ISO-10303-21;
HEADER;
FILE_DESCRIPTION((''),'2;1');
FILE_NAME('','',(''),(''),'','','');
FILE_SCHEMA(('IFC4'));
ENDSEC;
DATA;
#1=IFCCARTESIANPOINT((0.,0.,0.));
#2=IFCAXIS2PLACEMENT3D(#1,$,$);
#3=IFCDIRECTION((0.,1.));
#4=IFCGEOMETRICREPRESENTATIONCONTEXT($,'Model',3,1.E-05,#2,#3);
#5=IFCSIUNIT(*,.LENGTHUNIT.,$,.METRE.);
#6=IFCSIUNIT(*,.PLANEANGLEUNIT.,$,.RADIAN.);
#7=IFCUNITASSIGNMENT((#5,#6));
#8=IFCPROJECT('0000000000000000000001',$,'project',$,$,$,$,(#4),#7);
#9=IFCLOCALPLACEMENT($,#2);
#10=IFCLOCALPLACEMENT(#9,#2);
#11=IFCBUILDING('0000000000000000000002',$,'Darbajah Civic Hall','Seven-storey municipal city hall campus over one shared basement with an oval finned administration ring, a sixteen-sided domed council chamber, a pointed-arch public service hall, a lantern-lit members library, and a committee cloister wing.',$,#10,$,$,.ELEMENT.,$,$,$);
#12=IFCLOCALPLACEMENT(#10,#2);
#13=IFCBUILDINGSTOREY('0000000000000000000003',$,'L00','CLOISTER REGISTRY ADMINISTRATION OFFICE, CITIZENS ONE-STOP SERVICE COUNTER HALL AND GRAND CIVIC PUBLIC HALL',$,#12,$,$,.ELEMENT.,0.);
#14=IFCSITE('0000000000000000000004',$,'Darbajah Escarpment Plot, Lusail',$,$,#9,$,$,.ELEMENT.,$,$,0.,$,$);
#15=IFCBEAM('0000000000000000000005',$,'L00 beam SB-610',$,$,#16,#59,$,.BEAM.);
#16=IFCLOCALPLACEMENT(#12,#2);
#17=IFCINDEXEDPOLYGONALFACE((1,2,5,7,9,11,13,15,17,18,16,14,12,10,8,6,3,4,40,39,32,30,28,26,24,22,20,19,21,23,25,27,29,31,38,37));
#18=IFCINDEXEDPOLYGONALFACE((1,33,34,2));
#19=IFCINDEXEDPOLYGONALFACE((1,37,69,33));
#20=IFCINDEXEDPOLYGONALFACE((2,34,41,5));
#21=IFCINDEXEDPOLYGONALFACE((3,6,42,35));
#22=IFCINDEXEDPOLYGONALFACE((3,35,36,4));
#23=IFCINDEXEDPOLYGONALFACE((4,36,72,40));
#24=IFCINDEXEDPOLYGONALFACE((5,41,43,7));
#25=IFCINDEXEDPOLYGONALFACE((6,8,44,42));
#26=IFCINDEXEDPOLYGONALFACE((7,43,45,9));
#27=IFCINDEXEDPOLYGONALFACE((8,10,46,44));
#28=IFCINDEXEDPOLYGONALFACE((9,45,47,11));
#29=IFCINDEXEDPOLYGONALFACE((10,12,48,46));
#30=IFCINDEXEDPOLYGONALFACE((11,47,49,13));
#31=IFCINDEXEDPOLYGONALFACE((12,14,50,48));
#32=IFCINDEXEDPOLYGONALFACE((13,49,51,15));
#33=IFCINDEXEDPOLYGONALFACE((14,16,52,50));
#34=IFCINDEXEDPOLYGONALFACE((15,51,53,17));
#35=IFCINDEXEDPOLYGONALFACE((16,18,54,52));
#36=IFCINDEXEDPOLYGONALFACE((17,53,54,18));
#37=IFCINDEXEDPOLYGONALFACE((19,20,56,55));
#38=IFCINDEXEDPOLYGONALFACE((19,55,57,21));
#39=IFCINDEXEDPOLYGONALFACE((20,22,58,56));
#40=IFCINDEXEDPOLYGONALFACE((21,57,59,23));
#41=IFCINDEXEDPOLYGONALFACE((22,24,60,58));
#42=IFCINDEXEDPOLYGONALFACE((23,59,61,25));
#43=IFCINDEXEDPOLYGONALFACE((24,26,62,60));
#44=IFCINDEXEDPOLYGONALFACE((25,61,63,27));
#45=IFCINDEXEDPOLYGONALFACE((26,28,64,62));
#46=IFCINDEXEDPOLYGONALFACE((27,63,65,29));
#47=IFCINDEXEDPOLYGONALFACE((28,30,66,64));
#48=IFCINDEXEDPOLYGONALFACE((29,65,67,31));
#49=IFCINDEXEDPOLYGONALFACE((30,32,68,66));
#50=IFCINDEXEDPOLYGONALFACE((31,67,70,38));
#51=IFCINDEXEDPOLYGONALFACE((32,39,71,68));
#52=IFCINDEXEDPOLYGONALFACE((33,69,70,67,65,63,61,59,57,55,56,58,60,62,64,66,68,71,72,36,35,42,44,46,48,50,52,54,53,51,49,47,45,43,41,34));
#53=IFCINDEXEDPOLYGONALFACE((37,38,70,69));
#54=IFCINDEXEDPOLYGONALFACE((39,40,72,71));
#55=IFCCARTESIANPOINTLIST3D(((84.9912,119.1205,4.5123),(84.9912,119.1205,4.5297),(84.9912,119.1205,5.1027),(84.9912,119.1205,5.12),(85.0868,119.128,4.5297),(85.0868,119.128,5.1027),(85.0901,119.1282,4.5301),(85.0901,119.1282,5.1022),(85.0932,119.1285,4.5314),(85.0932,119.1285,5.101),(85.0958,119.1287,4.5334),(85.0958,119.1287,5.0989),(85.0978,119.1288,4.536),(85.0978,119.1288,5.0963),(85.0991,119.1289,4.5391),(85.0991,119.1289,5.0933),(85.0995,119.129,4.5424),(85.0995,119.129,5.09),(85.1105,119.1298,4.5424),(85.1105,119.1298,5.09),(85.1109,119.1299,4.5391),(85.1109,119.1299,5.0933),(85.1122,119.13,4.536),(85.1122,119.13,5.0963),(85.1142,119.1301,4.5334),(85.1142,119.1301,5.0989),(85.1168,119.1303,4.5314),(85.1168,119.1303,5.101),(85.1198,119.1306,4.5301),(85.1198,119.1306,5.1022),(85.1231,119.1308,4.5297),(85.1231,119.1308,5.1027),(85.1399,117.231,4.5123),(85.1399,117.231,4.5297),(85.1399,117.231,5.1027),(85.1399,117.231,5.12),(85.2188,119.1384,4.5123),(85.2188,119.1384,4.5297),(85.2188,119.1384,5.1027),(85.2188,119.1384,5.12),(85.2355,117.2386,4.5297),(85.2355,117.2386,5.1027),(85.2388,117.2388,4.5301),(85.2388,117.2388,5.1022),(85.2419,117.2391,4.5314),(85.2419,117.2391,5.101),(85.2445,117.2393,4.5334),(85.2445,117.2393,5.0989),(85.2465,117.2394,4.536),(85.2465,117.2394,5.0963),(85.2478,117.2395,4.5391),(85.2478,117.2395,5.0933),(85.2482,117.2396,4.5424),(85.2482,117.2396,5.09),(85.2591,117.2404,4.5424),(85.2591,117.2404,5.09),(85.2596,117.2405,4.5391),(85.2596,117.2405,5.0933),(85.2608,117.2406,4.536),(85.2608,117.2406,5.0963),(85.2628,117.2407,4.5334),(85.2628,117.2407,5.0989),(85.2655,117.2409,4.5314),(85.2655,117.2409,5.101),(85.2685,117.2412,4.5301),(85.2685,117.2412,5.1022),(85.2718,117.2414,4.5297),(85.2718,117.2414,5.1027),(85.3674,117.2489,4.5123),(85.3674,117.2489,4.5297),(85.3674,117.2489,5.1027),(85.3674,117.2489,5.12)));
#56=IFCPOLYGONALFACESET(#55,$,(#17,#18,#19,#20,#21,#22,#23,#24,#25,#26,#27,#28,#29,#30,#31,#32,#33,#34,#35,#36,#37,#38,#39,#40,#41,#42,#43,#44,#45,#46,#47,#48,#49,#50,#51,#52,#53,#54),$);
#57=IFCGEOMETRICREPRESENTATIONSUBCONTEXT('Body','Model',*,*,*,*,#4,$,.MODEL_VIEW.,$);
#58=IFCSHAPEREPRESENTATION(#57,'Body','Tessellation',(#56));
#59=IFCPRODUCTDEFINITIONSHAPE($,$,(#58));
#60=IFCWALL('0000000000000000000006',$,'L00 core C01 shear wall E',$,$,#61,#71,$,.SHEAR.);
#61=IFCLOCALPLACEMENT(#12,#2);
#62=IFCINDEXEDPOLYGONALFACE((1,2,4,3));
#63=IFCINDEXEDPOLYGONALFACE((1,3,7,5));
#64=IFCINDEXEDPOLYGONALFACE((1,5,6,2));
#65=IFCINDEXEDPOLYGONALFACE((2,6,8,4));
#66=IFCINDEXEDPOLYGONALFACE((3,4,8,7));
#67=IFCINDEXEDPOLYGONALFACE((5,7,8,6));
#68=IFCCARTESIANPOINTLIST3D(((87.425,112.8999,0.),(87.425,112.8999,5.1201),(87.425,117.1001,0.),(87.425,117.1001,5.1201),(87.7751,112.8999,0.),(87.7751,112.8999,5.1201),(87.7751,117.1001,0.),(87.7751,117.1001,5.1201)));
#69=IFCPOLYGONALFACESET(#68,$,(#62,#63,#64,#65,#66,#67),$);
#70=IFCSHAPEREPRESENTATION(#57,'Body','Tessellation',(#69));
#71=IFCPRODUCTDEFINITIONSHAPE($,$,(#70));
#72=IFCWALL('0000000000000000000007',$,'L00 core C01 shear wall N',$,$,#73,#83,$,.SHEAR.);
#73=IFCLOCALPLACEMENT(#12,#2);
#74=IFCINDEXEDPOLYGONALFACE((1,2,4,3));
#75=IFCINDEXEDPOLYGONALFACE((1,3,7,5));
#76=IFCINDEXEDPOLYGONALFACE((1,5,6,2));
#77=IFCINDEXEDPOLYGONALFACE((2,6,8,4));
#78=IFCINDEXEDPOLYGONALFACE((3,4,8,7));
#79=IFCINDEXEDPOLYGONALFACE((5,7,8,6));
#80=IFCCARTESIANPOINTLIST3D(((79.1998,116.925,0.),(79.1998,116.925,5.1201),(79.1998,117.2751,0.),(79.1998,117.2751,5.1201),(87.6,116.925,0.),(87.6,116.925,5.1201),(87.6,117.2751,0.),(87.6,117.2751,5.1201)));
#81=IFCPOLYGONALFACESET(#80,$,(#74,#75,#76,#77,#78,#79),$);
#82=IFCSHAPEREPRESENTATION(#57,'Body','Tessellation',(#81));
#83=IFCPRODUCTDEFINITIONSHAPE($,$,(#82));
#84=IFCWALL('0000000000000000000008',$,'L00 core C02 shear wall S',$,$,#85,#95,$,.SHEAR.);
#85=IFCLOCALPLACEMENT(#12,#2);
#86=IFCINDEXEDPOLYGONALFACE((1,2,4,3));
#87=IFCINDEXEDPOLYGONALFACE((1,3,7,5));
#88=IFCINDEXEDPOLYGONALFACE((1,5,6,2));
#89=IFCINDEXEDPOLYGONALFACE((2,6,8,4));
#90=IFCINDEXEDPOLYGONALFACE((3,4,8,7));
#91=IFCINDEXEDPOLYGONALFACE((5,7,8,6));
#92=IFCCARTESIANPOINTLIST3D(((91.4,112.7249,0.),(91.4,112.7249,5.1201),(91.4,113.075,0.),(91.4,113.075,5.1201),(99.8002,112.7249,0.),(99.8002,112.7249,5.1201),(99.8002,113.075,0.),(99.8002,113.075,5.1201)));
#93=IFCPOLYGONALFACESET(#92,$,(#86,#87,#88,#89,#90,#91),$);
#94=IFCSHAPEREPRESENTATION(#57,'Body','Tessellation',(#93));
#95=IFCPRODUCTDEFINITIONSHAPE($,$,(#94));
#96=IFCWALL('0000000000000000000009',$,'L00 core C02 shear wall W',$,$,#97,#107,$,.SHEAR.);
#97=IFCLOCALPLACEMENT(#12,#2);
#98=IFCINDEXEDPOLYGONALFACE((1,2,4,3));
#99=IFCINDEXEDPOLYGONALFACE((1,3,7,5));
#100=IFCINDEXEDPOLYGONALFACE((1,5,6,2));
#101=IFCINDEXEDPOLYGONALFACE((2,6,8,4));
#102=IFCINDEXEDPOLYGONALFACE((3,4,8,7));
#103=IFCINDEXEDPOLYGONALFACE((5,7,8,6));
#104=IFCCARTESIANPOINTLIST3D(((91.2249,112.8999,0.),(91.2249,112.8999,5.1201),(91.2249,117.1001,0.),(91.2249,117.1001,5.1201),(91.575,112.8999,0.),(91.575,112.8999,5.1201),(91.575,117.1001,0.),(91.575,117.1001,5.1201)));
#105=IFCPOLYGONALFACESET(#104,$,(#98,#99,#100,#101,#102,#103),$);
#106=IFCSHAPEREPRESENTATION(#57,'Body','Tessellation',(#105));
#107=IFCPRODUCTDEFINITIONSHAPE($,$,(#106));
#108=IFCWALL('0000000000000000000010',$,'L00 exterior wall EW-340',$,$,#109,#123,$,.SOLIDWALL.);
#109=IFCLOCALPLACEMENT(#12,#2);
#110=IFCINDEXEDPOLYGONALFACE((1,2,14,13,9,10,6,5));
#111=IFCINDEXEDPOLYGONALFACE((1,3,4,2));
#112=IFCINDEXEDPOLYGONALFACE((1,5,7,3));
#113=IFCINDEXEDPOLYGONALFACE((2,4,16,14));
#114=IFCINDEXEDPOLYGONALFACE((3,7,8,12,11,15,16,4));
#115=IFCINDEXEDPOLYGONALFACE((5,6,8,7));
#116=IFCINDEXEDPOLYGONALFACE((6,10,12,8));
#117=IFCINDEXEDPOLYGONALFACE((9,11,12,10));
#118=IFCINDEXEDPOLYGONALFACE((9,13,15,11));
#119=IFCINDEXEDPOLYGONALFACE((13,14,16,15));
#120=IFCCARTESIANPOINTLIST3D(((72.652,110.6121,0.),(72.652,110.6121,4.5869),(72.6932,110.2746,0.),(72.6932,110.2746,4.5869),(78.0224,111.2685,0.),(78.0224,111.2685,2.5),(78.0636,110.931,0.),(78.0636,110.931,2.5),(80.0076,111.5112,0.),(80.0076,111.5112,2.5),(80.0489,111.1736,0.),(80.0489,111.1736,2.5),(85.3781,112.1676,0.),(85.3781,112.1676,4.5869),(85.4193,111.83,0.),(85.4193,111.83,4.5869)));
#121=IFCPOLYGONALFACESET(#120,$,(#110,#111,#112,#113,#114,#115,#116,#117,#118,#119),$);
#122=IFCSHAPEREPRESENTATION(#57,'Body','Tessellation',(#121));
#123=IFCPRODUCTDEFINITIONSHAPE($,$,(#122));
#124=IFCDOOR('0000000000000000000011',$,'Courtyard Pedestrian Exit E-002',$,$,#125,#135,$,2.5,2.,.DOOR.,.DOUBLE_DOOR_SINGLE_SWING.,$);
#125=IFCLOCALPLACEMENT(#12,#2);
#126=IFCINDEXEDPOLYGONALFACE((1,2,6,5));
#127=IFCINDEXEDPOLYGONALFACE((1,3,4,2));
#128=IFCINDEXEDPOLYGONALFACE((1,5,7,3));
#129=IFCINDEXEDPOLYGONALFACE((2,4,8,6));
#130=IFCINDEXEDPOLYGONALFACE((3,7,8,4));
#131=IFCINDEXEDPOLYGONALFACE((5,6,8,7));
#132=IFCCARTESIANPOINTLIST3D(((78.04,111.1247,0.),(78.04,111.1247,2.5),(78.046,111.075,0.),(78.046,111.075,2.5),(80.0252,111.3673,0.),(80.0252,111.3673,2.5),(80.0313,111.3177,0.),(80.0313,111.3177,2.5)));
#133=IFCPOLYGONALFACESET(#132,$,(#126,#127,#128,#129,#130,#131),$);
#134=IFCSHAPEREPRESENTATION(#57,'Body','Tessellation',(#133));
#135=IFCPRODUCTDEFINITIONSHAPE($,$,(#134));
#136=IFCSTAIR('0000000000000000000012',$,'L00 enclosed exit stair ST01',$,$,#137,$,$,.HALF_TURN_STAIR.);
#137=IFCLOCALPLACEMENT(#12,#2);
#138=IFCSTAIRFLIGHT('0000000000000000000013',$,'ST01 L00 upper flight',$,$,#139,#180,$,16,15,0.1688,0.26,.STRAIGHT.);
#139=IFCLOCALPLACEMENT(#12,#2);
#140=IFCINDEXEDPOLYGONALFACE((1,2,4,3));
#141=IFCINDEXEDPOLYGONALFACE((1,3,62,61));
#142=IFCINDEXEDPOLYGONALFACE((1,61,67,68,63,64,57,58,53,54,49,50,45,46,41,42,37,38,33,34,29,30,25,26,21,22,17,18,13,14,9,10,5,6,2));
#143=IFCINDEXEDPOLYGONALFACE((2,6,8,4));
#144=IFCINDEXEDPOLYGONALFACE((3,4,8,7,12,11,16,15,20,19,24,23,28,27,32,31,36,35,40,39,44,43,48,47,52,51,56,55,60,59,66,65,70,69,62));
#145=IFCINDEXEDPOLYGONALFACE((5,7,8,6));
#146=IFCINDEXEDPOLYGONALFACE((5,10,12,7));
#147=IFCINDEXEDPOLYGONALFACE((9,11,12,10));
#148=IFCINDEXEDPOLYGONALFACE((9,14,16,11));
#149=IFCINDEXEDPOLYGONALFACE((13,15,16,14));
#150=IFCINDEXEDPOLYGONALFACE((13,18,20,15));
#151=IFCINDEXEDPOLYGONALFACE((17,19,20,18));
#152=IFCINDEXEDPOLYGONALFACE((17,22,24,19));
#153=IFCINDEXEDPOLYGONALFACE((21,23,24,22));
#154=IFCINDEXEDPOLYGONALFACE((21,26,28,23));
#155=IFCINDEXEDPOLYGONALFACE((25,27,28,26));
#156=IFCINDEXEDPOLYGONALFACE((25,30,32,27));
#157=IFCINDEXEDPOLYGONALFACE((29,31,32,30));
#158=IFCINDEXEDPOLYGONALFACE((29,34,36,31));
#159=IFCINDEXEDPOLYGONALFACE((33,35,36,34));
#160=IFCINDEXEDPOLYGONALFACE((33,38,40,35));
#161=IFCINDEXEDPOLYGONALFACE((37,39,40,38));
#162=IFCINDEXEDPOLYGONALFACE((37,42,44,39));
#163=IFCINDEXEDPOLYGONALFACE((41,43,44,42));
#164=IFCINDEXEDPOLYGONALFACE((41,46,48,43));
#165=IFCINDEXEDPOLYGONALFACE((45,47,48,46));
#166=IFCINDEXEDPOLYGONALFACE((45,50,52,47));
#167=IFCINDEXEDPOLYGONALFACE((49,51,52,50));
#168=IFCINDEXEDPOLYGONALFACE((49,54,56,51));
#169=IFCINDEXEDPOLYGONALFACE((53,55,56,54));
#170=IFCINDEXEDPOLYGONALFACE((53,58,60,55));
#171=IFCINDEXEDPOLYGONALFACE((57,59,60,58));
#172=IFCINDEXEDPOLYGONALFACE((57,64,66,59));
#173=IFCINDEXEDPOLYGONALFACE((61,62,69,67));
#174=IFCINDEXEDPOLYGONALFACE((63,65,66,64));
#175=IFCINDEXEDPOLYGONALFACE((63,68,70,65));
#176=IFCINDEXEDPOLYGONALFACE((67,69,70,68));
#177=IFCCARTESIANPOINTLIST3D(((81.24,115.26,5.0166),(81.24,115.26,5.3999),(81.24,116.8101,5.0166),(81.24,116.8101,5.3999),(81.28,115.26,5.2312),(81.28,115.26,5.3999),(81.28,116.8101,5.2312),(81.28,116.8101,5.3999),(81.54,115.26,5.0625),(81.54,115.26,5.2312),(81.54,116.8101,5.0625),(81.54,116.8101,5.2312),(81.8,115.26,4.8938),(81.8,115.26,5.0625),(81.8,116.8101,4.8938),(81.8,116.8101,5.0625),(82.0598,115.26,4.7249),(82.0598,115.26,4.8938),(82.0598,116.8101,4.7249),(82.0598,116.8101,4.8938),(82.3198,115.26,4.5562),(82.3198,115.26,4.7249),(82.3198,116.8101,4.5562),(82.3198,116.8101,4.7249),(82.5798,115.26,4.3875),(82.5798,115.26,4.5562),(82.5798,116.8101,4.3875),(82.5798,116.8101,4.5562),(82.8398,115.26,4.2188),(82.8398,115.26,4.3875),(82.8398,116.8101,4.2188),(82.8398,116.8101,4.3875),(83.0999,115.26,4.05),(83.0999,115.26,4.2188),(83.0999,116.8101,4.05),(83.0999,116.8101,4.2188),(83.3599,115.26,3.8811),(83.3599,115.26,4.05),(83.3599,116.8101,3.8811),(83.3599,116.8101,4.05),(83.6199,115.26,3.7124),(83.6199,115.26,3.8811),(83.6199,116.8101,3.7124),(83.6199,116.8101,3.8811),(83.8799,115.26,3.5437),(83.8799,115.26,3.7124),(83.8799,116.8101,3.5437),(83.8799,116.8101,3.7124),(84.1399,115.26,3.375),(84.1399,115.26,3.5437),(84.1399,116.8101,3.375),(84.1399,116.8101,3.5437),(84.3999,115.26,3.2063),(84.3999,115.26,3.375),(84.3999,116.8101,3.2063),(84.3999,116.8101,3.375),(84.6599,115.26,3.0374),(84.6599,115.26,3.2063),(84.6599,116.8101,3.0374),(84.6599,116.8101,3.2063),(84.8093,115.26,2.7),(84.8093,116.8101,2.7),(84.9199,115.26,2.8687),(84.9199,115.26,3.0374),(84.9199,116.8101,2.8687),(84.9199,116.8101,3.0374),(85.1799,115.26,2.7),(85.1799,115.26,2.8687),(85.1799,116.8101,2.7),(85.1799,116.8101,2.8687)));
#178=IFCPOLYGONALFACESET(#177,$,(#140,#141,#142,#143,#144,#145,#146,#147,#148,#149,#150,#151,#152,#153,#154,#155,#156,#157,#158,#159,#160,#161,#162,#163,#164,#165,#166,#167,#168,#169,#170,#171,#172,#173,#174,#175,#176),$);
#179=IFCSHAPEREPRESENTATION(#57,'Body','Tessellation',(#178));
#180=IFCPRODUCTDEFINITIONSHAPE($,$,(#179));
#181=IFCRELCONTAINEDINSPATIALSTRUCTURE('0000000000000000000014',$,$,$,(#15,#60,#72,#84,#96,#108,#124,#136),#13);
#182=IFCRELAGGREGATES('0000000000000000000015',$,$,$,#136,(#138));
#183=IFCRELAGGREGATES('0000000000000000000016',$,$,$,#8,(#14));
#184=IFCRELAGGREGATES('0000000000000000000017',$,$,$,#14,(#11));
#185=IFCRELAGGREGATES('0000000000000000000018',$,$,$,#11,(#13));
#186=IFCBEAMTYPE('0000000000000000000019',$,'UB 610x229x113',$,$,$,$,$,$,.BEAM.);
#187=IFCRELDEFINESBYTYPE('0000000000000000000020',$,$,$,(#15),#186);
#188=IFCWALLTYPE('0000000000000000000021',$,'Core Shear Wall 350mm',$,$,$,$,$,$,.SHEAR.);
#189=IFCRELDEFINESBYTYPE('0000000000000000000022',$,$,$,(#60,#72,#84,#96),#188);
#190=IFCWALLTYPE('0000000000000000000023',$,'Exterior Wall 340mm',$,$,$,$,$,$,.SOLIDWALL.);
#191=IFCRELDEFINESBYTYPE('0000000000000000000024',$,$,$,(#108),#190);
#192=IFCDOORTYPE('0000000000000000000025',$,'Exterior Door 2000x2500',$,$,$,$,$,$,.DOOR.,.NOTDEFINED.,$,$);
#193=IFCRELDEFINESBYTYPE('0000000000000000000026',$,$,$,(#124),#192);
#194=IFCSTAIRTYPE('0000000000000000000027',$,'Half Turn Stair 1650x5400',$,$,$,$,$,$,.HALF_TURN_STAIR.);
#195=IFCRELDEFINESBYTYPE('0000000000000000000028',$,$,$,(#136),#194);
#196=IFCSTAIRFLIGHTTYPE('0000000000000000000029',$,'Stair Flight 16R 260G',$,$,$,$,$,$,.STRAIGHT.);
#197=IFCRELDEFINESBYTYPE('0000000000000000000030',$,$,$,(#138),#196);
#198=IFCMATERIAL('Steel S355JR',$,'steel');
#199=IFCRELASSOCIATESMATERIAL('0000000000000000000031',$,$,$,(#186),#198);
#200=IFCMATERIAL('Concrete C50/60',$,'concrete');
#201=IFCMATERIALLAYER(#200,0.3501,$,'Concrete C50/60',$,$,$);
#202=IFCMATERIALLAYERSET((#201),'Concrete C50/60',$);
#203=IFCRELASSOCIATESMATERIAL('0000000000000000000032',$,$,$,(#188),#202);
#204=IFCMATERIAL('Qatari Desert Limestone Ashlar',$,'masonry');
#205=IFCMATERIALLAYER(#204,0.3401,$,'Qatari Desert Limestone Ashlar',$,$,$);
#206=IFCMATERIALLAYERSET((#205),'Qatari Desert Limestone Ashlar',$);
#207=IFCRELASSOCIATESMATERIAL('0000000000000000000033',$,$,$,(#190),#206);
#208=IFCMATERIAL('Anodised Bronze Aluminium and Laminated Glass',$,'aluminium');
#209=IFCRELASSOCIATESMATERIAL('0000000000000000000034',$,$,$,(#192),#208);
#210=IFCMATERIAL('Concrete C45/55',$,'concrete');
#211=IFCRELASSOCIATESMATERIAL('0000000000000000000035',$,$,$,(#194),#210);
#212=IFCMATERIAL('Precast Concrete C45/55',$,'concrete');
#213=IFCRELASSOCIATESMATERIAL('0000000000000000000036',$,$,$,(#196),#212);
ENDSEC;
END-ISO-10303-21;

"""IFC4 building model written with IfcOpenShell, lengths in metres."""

from ifc_helpers import new_model, si_unit, direction, frame, frame_2d, origin, origin_2d, place, context, subcontext, project, spatial, polyline, rectangle, i_section, outline, extrude, material, layer, layer_set, material_profile, profile_set, type_object, element, fill, aggregate, save


model = new_model("IFC4")

# Units and contexts
model_context = context("Model", 3, precision=1e-05, world=origin(), true_north=direction((0.0, 1.0)))
body_context = subcontext(model_context, "Body", "Model", "MODEL_VIEW")
ifc_project = project(units=[si_unit("LENGTHUNIT", "METRE"), si_unit("PLANEANGLEUNIT", "RADIAN")], contexts=[model_context])

# Site, building, storey
site_placement = place(None, origin())
site = spatial("IfcSite", under=ifc_project, at=site_placement, Name="Darbajah Escarpment Plot, Lusail", CompositionType="ELEMENT", RefElevation=0.0)
building_placement = place(site_placement, origin())
building = spatial("IfcBuilding", under=site, at=building_placement, Name="Darbajah Civic Hall", Description="Seven-storey municipal city hall campus over one shared basement with an oval finned administration ring, a sixteen-sided domed council chamber, a pointed-arch public service hall, a lantern-lit members library, and a committee cloister wing.", CompositionType="ELEMENT")
storey_placement = place(building_placement, origin())
storey = spatial("IfcBuildingStorey", under=building, at=storey_placement, Name="L00", Description="CLOISTER REGISTRY ADMINISTRATION OFFICE, CITIZENS ONE-STOP SERVICE COUNTER HALL AND GRAND CIVIC PUBLIC HALL", CompositionType="ELEMENT", Elevation=0.0)

# Shared definitions
ifc_material_1 = material(Name="Concrete C45/55", Category="concrete")
ifc_material_2 = material(Name="Concrete C50/60", Category="concrete")

# Beam
ifc_material_3 = material(Name="Steel S355JR", Category="steel")
ifc_material_profile_1 = material_profile(ifc_material_3, i_section(OverallWidth=0.2283, OverallDepth=0.6077, WebThickness=0.011, FlangeThickness=0.0173, FilletRadius=0.0127, at=origin_2d()), Name="UB 610x229x113")
ifc_profile_set_1 = profile_set([ifc_material_profile_1], Name="Steel S355JR")
beam_type_1 = type_object("IfcBeamType", Name="UB 610x229x113", PredefinedType="BEAM", material=ifc_profile_set_1)
beam_1_placement = place(storey_placement, frame((85.2537, 117.24, 4.8162), z_axis=(-0.07845, 0.996918, 0.0), x_axis=(-0.996918, -0.07845, 0.0)))
element("IfcBeam", 1, at=beam_1_placement, inside=storey, type_object=beam_type_1, Name="L00 beam SB-610", PredefinedType="BEAM", context=body_context, shape_type="SweptSolid", body=[
    extrude(i_section(OverallWidth=0.2283, OverallDepth=0.6077, WebThickness=0.011, FlangeThickness=0.0173, FilletRadius=0.0127, at=origin_2d()), origin(), (0.0, 0.0, 1.0), 1.8953),
])

# Walls
ifc_layer_1 = layer(ifc_material_2, 0.3501, Name="Concrete C50/60")
ifc_layer_set_1 = layer_set([ifc_layer_1], Name="Concrete C50/60")
wall_type_1 = type_object("IfcWallType", Name="Core Shear Wall 350mm", PredefinedType="SHEAR", material=ifc_layer_set_1)
wall_1_placement = place(storey_placement, frame((87.6001, 112.8999, 0.0), z_axis=(0.0, 0.0, 1.0), x_axis=(0.0, 1.0, 0.0)))
element("IfcWall", 2, at=wall_1_placement, inside=storey, type_object=wall_type_1, Name="L00 core C01 shear wall E", PredefinedType="SHEAR", context=body_context, shape_type="SweptSolid", body=[
    extrude(rectangle(XDim=4.2002, YDim=0.3501, at=frame_2d((2.1001, 0.0))), origin(), (0.0, 0.0, 1.0), 5.1201),
])
for number, where, z_axis, x_axis, name in (
    (3, (87.6001, 117.1001, 0.0), (0.0, 0.0, 1.0), (-1.0, 0.0, 0.0), "L00 core C01 shear wall N"),
    (4, (91.3999, 112.8999, 0.0), (0.0, 0.0, 1.0), (1.0, 0.0, 0.0), "L00 core C02 shear wall S"),
):
    element("IfcWall", number, at=place(storey_placement, frame(where, z_axis=z_axis, x_axis=x_axis)), inside=storey, type_object=wall_type_1, Name=name, PredefinedType="SHEAR", context=body_context, shape_type="SweptSolid", body=[
        extrude(rectangle(XDim=8.4001, YDim=0.3501, at=frame_2d((4.2002, 0.0))), origin(), (0.0, 0.0, 1.0), 5.1201),
    ])
wall_2_placement = place(storey_placement, frame((91.3999, 117.1001, 0.0), z_axis=(0.0, 0.0, 1.0), x_axis=(0.0, -1.0, 0.0)))
element("IfcWall", 5, at=wall_2_placement, inside=storey, type_object=wall_type_1, Name="L00 core C02 shear wall W", PredefinedType="SHEAR", context=body_context, shape_type="SweptSolid", body=[
    extrude(rectangle(XDim=4.2002, YDim=0.3501, at=frame_2d((2.1001, 0.0))), origin(), (0.0, 0.0, 1.0), 5.1201),
])

# Wall, opening, door
ifc_material_4 = material(Name="Qatari Desert Limestone Ashlar", Category="masonry")
ifc_layer_2 = layer(ifc_material_4, 0.3401, Name="Qatari Desert Limestone Ashlar")
ifc_layer_set_2 = layer_set([ifc_layer_2], Name="Qatari Desert Limestone Ashlar")
wall_type_2 = type_object("IfcWallType", Name="Exterior Wall 340mm", PredefinedType="SOLIDWALL", material=ifc_layer_set_2)
wall_3_placement = place(storey_placement, frame((85.3987, 111.9988, 0.0), z_axis=(0.0, 0.0, 1.0), x_axis=(-0.992613, -0.12132, 0.0)))
wall_3 = element("IfcWall", 6, at=wall_3_placement, inside=storey, type_object=wall_type_2, Name="L00 exterior wall EW-340", PredefinedType="SOLIDWALL", context=body_context, shape_type="SweptSolid", body=[
    extrude(rectangle(XDim=12.8208, YDim=0.3401, at=frame_2d((6.4104, 0.0))), origin(), (0.0, 0.0, 1.0), 4.5869),
])
opening_placement = place(wall_3_placement, frame((5.4104, 0.0, 0.0)))
opening = element("IfcOpeningElement", 7, at=opening_placement, cuts=wall_3, PredefinedType="OPENING", context=body_context, shape_type="SweptSolid", body=[
    extrude(rectangle(XDim=2.0, YDim=2.5, at=frame_2d((1.0, 1.25))), frame((0.0, 0.1799, 0.0), z_axis=(0.0, -1.0, 0.0), x_axis=(1.0, 0.0, 0.0)), (0.0, 0.0, 1.0), 0.3601),
])
ifc_material_5 = material(Name="Anodised Bronze Aluminium and Laminated Glass", Category="aluminium")
door_type = type_object("IfcDoorType", Name="Exterior Door 2000x2500", OperationType="NOTDEFINED", PredefinedType="DOOR", material=ifc_material_5)
door_placement = place(opening_placement, origin())
door = element("IfcDoor", 8, at=door_placement, inside=storey, type_object=door_type, Name="Courtyard Pedestrian Exit E-002", OperationType="DOUBLE_DOOR_SINGLE_SWING", OverallHeight=2.5, OverallWidth=2.0, PredefinedType="DOOR", context=body_context, shape_type="SweptSolid", body=[
    extrude(rectangle(XDim=2.0, YDim=2.5, at=frame_2d((1.0, 1.25))), frame((0.0, 0.0249, 0.0), z_axis=(0.0, -1.0, 0.0), x_axis=(1.0, 0.0, 0.0)), (0.0, 0.0, 1.0), 0.05),
])
fill(opening, door)

# Stair, stair flight
stair_type = type_object("IfcStairType", Name="Half Turn Stair 1650x5400", PredefinedType="HALF_TURN_STAIR", material=ifc_material_1)
stair_1_placement = place(storey_placement, origin())
stair_1 = element("IfcStair", 9, at=stair_1_placement, inside=storey, type_object=stair_type, Name="L00 enclosed exit stair ST01", PredefinedType="HALF_TURN_STAIR")
ifc_material_6 = material(Name="Precast Concrete C45/55", Category="concrete")
stair_flight_type = type_object("IfcStairFlightType", Name="Stair Flight 16R 260G", PredefinedType="STRAIGHT", material=ifc_material_6)
stair_flight_1_placement = place(storey_placement, frame((85.1799, 116.0349, 2.7), z_axis=(0.0, 0.0, 1.0), x_axis=(-1.0, 0.0, 0.0)))
stair_flight_1 = element("IfcStairFlight", 10, at=stair_flight_1_placement, type_object=stair_flight_type, Name="ST01 L00 upper flight", NumberOfRisers=16, NumberOfTreads=15, PredefinedType="STRAIGHT", RiserHeight=0.1688, TreadLength=0.26, context=body_context, shape_type="SweptSolid", body=[
    extrude(outline(polyline([(0.0, 0.0), (0.0, 0.1687), (0.26, 0.1687), (0.26, 0.3374), (0.52, 0.3374), (0.52, 0.5063), (0.78, 0.5063), (0.78, 0.675), (1.04, 0.675), (1.04, 0.8438), (1.3, 0.8438), (1.3, 1.0125), (1.5601, 1.0125), (1.5601, 1.1812), (1.8201, 1.1812), (1.8201, 1.3501), (2.0801, 1.3501), (2.0801, 1.5188), (2.3401, 1.5188), (2.3401, 1.6875), (2.6001, 1.6875), (2.6001, 1.8562), (2.8601, 1.8562), (2.8601, 2.0249), (3.1201, 2.0249), (3.1201, 2.1938), (3.3799, 2.1938), (3.3799, 2.3625), (3.6399, 2.3625), (3.6399, 2.5312), (3.8999, 2.5312), (3.8999, 2.7), (3.9399, 2.7), (3.9399, 2.3167), (0.3706, 0.0), (0.0, 0.0)])), frame((0.0, 0.7749, 0.0), z_axis=(0.0, -1.0, 0.0), x_axis=(1.0, 0.0, 0.0)), (0.0, 0.0, 1.0), 1.55),
])
aggregate(stair_1, [stair_flight_1])

save(model, "model.ifc")
